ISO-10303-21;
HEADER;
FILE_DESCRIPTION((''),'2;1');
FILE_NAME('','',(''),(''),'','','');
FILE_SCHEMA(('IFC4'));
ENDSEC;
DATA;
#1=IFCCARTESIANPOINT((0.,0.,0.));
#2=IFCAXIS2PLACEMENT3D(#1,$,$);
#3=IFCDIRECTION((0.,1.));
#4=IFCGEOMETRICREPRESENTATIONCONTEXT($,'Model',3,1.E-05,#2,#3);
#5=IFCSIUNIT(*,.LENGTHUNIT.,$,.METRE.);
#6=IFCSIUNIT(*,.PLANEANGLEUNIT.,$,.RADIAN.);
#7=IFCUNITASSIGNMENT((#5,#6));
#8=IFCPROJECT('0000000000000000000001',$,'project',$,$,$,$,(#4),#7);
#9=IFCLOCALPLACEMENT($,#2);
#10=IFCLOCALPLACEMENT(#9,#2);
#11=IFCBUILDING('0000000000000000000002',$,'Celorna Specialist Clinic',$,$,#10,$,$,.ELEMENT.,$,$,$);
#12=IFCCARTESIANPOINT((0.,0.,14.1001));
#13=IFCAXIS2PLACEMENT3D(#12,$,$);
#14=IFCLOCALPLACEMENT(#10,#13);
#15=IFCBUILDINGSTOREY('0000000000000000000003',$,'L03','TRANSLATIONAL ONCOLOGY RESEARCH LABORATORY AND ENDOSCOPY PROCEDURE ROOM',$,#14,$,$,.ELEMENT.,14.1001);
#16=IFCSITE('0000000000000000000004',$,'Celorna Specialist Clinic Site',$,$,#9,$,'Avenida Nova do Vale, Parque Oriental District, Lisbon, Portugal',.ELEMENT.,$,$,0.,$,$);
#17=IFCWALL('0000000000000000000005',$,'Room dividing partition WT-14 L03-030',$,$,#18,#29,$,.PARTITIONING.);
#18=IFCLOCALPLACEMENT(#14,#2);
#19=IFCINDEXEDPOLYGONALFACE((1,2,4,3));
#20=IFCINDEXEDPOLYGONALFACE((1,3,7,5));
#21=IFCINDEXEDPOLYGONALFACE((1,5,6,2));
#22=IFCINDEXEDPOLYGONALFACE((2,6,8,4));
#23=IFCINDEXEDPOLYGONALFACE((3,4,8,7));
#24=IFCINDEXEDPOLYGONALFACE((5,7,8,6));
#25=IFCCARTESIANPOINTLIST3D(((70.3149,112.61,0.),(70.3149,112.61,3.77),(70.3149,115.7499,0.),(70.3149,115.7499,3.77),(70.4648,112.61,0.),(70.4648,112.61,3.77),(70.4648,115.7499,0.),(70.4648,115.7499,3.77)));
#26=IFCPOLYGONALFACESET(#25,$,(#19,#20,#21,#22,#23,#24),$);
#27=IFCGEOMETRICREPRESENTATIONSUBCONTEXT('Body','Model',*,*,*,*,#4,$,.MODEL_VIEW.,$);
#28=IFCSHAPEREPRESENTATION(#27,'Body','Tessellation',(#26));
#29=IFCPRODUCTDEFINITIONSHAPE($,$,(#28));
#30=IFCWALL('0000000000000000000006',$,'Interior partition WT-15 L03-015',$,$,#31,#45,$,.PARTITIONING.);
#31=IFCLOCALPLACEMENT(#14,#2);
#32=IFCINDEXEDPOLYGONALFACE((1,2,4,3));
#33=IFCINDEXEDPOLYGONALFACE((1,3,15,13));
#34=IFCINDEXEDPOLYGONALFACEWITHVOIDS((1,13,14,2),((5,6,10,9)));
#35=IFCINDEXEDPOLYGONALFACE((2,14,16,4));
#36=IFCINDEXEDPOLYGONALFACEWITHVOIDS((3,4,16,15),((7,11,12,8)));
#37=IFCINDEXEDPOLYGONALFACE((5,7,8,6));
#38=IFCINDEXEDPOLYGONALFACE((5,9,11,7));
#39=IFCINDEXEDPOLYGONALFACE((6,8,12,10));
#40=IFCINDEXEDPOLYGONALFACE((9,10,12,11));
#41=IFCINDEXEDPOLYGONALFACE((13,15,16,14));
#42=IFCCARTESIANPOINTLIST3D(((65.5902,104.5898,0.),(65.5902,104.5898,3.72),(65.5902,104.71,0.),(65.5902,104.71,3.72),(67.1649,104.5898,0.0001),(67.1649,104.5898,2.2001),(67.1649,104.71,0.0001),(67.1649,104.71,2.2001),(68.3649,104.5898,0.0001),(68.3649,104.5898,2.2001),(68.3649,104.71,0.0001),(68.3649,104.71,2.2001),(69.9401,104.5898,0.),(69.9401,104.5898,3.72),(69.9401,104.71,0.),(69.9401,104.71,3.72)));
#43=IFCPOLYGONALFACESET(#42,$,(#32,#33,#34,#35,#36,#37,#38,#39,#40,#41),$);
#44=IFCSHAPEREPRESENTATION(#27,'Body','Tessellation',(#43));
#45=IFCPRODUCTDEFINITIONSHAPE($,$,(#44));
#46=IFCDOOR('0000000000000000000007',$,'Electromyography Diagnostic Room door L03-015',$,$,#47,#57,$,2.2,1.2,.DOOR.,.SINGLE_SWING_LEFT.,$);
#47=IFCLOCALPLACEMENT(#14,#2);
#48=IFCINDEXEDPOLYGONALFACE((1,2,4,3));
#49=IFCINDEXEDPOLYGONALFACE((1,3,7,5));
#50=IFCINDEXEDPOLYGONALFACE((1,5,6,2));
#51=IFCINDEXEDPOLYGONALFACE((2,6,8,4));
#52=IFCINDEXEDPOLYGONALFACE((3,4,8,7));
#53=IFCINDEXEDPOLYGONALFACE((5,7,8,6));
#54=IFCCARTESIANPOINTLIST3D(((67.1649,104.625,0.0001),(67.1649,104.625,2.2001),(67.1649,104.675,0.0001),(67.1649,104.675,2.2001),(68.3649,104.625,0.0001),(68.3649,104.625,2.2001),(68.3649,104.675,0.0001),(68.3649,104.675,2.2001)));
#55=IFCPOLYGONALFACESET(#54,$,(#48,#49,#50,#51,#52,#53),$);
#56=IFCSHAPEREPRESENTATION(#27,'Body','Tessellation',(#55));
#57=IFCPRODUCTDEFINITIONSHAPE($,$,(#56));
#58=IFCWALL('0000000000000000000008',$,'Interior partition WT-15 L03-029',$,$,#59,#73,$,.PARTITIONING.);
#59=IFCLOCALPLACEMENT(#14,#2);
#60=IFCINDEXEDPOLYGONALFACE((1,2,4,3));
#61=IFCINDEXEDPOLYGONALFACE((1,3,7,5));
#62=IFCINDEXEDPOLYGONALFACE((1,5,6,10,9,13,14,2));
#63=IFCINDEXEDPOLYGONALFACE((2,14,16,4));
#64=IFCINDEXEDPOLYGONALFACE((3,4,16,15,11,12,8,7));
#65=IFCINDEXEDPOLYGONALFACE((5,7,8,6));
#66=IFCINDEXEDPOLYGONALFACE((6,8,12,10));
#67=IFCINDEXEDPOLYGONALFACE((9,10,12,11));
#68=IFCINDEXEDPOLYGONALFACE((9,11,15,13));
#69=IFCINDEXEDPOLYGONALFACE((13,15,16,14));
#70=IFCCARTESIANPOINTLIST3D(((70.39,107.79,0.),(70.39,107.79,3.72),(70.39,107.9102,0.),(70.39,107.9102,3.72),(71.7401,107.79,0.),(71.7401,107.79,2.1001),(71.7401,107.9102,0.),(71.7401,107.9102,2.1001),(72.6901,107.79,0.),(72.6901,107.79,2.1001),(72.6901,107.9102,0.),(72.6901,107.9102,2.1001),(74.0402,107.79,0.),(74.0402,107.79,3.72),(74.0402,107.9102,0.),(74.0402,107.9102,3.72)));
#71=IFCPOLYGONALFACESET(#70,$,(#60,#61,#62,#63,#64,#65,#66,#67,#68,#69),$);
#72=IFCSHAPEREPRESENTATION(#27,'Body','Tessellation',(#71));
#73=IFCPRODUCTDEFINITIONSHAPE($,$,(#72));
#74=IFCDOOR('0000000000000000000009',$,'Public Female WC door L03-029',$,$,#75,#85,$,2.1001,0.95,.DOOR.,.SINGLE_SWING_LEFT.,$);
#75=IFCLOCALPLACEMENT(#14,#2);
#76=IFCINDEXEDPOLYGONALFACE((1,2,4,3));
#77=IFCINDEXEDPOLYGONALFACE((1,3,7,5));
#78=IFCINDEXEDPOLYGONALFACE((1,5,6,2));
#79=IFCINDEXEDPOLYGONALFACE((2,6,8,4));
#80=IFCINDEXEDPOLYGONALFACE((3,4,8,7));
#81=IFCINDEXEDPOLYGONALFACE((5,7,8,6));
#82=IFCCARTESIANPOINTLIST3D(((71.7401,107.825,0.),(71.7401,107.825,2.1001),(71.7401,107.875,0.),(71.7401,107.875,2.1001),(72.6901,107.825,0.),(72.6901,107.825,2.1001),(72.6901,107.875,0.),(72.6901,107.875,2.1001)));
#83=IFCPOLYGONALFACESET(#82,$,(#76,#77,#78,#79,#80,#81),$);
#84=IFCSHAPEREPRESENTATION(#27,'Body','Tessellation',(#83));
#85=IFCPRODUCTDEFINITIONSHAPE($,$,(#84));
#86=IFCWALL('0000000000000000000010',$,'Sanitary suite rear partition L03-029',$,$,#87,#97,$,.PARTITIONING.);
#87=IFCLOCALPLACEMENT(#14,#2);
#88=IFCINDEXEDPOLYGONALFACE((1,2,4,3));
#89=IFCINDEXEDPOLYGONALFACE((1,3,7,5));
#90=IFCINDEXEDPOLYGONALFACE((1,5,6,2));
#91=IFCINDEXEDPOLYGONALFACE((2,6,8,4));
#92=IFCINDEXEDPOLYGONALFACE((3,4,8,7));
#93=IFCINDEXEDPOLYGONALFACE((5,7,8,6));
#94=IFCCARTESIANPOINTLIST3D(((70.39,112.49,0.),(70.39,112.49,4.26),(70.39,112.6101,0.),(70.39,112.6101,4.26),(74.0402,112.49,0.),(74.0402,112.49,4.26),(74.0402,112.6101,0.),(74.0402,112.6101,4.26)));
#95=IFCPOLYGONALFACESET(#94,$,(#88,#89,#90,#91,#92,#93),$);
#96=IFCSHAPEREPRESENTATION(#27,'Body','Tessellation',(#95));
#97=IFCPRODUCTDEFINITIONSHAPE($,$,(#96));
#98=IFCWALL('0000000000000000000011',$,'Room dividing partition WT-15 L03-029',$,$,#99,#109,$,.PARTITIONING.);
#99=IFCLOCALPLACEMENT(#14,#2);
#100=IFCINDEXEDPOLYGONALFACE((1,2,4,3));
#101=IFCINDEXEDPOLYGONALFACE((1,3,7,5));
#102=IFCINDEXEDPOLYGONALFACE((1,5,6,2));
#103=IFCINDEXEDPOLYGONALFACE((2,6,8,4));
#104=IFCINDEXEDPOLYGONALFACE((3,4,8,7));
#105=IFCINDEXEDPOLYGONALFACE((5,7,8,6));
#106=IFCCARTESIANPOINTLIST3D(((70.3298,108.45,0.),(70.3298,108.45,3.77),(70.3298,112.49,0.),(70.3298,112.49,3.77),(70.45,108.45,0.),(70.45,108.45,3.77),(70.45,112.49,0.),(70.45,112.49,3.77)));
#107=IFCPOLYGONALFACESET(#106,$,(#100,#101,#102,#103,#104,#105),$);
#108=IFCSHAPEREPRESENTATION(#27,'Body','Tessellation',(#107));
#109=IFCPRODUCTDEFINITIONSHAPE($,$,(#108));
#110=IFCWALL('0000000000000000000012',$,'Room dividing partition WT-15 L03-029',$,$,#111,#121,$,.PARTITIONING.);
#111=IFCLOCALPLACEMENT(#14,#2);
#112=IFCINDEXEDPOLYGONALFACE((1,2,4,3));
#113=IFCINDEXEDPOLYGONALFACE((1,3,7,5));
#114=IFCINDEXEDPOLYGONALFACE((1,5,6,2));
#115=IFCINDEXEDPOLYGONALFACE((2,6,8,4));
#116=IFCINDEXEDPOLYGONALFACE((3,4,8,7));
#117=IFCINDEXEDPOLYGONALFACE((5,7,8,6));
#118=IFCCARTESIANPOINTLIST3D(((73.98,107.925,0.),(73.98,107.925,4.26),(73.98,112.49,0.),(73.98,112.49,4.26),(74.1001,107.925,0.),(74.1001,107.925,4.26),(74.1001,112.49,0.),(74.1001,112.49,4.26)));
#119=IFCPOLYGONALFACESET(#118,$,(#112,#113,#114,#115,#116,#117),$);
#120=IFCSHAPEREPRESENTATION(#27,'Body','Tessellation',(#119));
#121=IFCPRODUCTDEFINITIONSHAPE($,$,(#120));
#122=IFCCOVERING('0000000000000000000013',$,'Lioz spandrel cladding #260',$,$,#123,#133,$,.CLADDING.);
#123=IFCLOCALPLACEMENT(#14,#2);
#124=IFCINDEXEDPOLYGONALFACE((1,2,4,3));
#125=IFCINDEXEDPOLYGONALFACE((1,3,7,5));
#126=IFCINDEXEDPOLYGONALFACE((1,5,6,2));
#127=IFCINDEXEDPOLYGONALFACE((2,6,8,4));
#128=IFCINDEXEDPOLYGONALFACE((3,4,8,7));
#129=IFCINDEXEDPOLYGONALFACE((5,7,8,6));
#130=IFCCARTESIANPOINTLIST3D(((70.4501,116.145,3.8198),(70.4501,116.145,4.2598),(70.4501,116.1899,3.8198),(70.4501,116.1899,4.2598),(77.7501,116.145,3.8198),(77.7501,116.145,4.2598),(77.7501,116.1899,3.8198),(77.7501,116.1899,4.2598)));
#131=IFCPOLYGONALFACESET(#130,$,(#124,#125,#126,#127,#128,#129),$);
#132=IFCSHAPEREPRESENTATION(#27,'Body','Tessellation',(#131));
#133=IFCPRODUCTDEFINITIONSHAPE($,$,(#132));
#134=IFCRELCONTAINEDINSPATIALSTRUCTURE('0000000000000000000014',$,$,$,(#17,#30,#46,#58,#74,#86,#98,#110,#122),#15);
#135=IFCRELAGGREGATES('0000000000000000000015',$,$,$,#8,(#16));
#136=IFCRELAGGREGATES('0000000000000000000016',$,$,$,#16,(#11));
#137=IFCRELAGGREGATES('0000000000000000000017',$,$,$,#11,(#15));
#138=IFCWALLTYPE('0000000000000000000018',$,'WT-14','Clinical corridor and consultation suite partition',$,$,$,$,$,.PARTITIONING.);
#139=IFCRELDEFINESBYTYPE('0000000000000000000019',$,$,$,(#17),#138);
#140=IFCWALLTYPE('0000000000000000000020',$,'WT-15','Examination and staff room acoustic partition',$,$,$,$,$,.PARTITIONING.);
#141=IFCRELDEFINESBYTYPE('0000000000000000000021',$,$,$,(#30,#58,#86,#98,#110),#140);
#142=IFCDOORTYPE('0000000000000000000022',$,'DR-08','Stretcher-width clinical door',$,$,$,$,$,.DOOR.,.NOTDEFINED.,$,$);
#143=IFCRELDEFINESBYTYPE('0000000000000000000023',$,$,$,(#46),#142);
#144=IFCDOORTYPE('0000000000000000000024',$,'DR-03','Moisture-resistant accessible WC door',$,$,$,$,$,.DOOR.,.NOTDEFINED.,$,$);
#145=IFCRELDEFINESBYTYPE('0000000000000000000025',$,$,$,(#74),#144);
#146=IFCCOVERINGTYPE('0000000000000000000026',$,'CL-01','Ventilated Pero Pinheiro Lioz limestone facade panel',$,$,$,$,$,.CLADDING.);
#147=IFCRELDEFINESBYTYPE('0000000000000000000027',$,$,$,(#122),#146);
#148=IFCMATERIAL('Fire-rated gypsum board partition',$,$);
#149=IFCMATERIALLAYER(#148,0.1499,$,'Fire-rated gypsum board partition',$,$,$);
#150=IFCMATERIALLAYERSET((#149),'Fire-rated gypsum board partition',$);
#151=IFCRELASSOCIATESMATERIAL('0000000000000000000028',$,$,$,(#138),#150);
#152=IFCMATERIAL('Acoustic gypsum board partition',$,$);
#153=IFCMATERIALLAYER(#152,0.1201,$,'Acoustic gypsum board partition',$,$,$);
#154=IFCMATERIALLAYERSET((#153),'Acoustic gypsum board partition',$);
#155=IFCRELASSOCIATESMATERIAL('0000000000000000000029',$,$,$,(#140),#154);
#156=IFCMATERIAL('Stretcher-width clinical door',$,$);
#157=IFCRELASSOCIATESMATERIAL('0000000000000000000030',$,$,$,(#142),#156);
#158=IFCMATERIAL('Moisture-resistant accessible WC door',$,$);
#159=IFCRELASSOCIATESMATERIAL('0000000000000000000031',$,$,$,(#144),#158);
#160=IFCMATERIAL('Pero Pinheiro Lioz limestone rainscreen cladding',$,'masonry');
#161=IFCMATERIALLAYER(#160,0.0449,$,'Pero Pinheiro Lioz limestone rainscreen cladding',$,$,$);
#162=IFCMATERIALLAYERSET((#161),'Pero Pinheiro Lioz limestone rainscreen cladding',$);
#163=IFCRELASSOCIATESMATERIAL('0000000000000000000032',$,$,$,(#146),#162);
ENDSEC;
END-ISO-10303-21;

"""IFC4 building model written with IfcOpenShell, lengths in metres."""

from ifc_helpers import new_model, si_unit, direction, frame, frame_2d, origin, origin_2d, place, context, subcontext, project, spatial, rectangle, extrude, material, layer, layer_set, type_object, element, fill, save


model = new_model("IFC4")

# Units and contexts
model_context = context("Model", 3, precision=1e-05, world=origin(), true_north=direction((0.0, 1.0)))
body_context = subcontext(model_context, "Body", "Model", "MODEL_VIEW")
ifc_project = project(units=[si_unit("LENGTHUNIT", "METRE"), si_unit("PLANEANGLEUNIT", "RADIAN")], contexts=[model_context])

# Site, building, storey
site_placement = place(None, origin())
site = spatial("IfcSite", under=ifc_project, at=site_placement, Name="Celorna Specialist Clinic Site", LongName="Avenida Nova do Vale, Parque Oriental District, Lisbon, Portugal", CompositionType="ELEMENT", RefElevation=0.0)
building_placement = place(site_placement, origin())
building = spatial("IfcBuilding", under=site, at=building_placement, Name="Celorna Specialist Clinic", CompositionType="ELEMENT")
storey_placement = place(building_placement, frame((0.0, 0.0, 14.1001)))
storey = spatial("IfcBuildingStorey", under=building, at=storey_placement, Name="L03", Description="TRANSLATIONAL ONCOLOGY RESEARCH LABORATORY AND ENDOSCOPY PROCEDURE ROOM", CompositionType="ELEMENT", Elevation=14.1001)

# Shared definitions
ifc_material_1 = material(Name="Fire-rated gypsum board partition")
ifc_layer_1 = layer(ifc_material_1, 0.1499, Name="Fire-rated gypsum board partition")
ifc_layer_set_1 = layer_set([ifc_layer_1], Name="Fire-rated gypsum board partition")
wall_type_1 = type_object("IfcWallType", Name="WT-14", Description="Clinical corridor and consultation suite partition", PredefinedType="PARTITIONING", material=ifc_layer_set_1)

# Wall
wall_1_placement = place(storey_placement, frame((70.3899, 112.6101, 0.0), z_axis=(0.0, 0.0, 1.0), x_axis=(0.0, 1.0, 0.0)))
element("IfcWall", 1, at=wall_1_placement, inside=storey, type_object=wall_type_1, Name="Room dividing partition WT-14 L03-030", PredefinedType="PARTITIONING", context=body_context, shape_type="SweptSolid", body=[
    extrude(rectangle(XDim=3.1399, YDim=0.1499, at=frame_2d((1.5698, 0.0))), origin(), (0.0, 0.0, 1.0), 3.77),
])

# Walls, openings, doors
ifc_material_2 = material(Name="Acoustic gypsum board partition")
ifc_layer_2 = layer(ifc_material_2, 0.1201, Name="Acoustic gypsum board partition")
ifc_layer_set_2 = layer_set([ifc_layer_2], Name="Acoustic gypsum board partition")
wall_type_2 = type_object("IfcWallType", Name="WT-15", Description="Examination and staff room acoustic partition", PredefinedType="PARTITIONING", material=ifc_layer_set_2)
wall_2_placement = place(storey_placement, frame((69.9399, 104.6499, 0.0), z_axis=(0.0, 0.0, 1.0), x_axis=(-1.0, 0.0, 0.0)))
wall_2 = element("IfcWall", 2, at=wall_2_placement, inside=storey, type_object=wall_type_2, Name="Interior partition WT-15 L03-015", PredefinedType="PARTITIONING", context=body_context, shape_type="SweptSolid", body=[
    extrude(rectangle(XDim=4.3499, YDim=0.1201, at=frame_2d((2.1748, 0.0))), origin(), (0.0, 0.0, 1.0), 3.72),
])
opening_1_placement = place(wall_2_placement, frame((1.575, 0.0, 0.0)))
opening_1 = element("IfcOpeningElement", 3, at=opening_1_placement, cuts=wall_2, PredefinedType="OPENING", context=body_context, shape_type="SweptSolid", body=[
    extrude(rectangle(XDim=1.2, YDim=2.2, at=frame_2d((0.6001, 1.1001))), frame((0.0, 0.0701, 0.0), z_axis=(0.0, -1.0, 0.0), x_axis=(1.0, 0.0, 0.0)), (0.0, 0.0, 1.0), 0.1401),
])
ifc_material_3 = material(Name="Stretcher-width clinical door")
door_type_1 = type_object("IfcDoorType", Name="DR-08", Description="Stretcher-width clinical door", OperationType="NOTDEFINED", PredefinedType="DOOR", material=ifc_material_3)
door_1_placement = place(opening_1_placement, origin())
door_1 = element("IfcDoor", 4, at=door_1_placement, inside=storey, type_object=door_type_1, Name="Electromyography Diagnostic Room door L03-015", OperationType="SINGLE_SWING_LEFT", OverallHeight=2.2, OverallWidth=1.2, PredefinedType="DOOR", context=body_context, shape_type="SweptSolid", body=[
    extrude(rectangle(XDim=1.2, YDim=2.2, at=frame_2d((0.6001, 1.1001))), frame((0.0, 0.0249, 0.0), z_axis=(0.0, -1.0, 0.0), x_axis=(1.0, 0.0, 0.0)), (0.0, 0.0, 1.0), 0.05),
])
fill(opening_1, door_1)
wall_3_placement = place(storey_placement, frame((70.3899, 107.8501, 0.0), z_axis=(0.0, 0.0, 1.0), x_axis=(1.0, 0.0, 0.0)))
wall_3 = element("IfcWall", 5, at=wall_3_placement, inside=storey, type_object=wall_type_2, Name="Interior partition WT-15 L03-029", PredefinedType="PARTITIONING", context=body_context, shape_type="SweptSolid", body=[
    extrude(rectangle(XDim=3.6501, YDim=0.1201, at=frame_2d((1.8252, 0.0))), origin(), (0.0, 0.0, 1.0), 3.72),
])
opening_2_placement = place(wall_3_placement, frame((1.3501, 0.0, 0.0)))
opening_2 = element("IfcOpeningElement", 6, at=opening_2_placement, cuts=wall_3, PredefinedType="OPENING", context=body_context, shape_type="SweptSolid", body=[
    extrude(rectangle(XDim=0.95, YDim=2.1001, at=frame_2d((0.4751, 1.05))), frame((0.0, 0.0701, 0.0), z_axis=(0.0, -1.0, 0.0), x_axis=(1.0, 0.0, 0.0)), (0.0, 0.0, 1.0), 0.1401),
])
ifc_material_4 = material(Name="Moisture-resistant accessible WC door")
door_type_2 = type_object("IfcDoorType", Name="DR-03", Description="Moisture-resistant accessible WC door", OperationType="NOTDEFINED", PredefinedType="DOOR", material=ifc_material_4)
door_2_placement = place(opening_2_placement, origin())
door_2 = element("IfcDoor", 7, at=door_2_placement, inside=storey, type_object=door_type_2, Name="Public Female WC door L03-029", OperationType="SINGLE_SWING_LEFT", OverallHeight=2.1001, OverallWidth=0.95, PredefinedType="DOOR", context=body_context, shape_type="SweptSolid", body=[
    extrude(rectangle(XDim=0.95, YDim=2.1001, at=frame_2d((0.4751, 1.05))), frame((0.0, 0.0249, 0.0), z_axis=(0.0, -1.0, 0.0), x_axis=(1.0, 0.0, 0.0)), (0.0, 0.0, 1.0), 0.05),
])
fill(opening_2, door_2)

# Walls
wall_4_placement = place(storey_placement, frame((70.3899, 112.55, 0.0), z_axis=(0.0, 0.0, 1.0), x_axis=(1.0, 0.0, 0.0)))
element("IfcWall", 8, at=wall_4_placement, inside=storey, type_object=wall_type_2, Name="Sanitary suite rear partition L03-029", PredefinedType="PARTITIONING", context=body_context, shape_type="SweptSolid", body=[
    extrude(rectangle(XDim=3.6501, YDim=0.1201, at=frame_2d((1.8252, 0.0))), origin(), (0.0, 0.0, 1.0), 4.26),
])
wall_5_placement = place(storey_placement, frame((70.3899, 108.45, 0.0), z_axis=(0.0, 0.0, 1.0), x_axis=(0.0, 1.0, 0.0)))
element("IfcWall", 9, at=wall_5_placement, inside=storey, type_object=wall_type_2, Name="Room dividing partition WT-15 L03-029", PredefinedType="PARTITIONING", context=body_context, shape_type="SweptSolid", body=[
    extrude(rectangle(XDim=4.04, YDim=0.1201, at=frame_2d((2.02, 0.0))), origin(), (0.0, 0.0, 1.0), 3.77),
])
wall_6_placement = place(storey_placement, frame((74.04, 107.925, 0.0), z_axis=(0.0, 0.0, 1.0), x_axis=(0.0, 1.0, 0.0)))
element("IfcWall", 10, at=wall_6_placement, inside=storey, type_object=wall_type_2, Name="Room dividing partition WT-15 L03-029", PredefinedType="PARTITIONING", context=body_context, shape_type="SweptSolid", body=[
    extrude(rectangle(XDim=4.5649, YDim=0.1201, at=frame_2d((2.2825, 0.0))), origin(), (0.0, 0.0, 1.0), 4.26),
])

# Covering
ifc_material_5 = material(Name="Pero Pinheiro Lioz limestone rainscreen cladding", Category="masonry")
ifc_layer_3 = layer(ifc_material_5, 0.0449, Name="Pero Pinheiro Lioz limestone rainscreen cladding")
ifc_layer_set_3 = layer_set([ifc_layer_3], Name="Pero Pinheiro Lioz limestone rainscreen cladding")
covering_type = type_object("IfcCoveringType", Name="CL-01", Description="Ventilated Pero Pinheiro Lioz limestone facade panel", PredefinedType="CLADDING", material=ifc_layer_set_3)
covering_placement = place(storey_placement, frame((74.1001, 116.1675, 3.8198), z_axis=(0.0, 0.0, 1.0), x_axis=(1.0, 0.0, 0.0)))
element("IfcCovering", 11, at=covering_placement, inside=storey, type_object=covering_type, Name="Lioz spandrel cladding #260", PredefinedType="CLADDING", context=body_context, shape_type="SweptSolid", body=[
    extrude(rectangle(XDim=7.3, YDim=0.0449, at=origin_2d()), origin(), (0.0, 0.0, 1.0), 0.4399),
])

save(model, "model.ifc")
